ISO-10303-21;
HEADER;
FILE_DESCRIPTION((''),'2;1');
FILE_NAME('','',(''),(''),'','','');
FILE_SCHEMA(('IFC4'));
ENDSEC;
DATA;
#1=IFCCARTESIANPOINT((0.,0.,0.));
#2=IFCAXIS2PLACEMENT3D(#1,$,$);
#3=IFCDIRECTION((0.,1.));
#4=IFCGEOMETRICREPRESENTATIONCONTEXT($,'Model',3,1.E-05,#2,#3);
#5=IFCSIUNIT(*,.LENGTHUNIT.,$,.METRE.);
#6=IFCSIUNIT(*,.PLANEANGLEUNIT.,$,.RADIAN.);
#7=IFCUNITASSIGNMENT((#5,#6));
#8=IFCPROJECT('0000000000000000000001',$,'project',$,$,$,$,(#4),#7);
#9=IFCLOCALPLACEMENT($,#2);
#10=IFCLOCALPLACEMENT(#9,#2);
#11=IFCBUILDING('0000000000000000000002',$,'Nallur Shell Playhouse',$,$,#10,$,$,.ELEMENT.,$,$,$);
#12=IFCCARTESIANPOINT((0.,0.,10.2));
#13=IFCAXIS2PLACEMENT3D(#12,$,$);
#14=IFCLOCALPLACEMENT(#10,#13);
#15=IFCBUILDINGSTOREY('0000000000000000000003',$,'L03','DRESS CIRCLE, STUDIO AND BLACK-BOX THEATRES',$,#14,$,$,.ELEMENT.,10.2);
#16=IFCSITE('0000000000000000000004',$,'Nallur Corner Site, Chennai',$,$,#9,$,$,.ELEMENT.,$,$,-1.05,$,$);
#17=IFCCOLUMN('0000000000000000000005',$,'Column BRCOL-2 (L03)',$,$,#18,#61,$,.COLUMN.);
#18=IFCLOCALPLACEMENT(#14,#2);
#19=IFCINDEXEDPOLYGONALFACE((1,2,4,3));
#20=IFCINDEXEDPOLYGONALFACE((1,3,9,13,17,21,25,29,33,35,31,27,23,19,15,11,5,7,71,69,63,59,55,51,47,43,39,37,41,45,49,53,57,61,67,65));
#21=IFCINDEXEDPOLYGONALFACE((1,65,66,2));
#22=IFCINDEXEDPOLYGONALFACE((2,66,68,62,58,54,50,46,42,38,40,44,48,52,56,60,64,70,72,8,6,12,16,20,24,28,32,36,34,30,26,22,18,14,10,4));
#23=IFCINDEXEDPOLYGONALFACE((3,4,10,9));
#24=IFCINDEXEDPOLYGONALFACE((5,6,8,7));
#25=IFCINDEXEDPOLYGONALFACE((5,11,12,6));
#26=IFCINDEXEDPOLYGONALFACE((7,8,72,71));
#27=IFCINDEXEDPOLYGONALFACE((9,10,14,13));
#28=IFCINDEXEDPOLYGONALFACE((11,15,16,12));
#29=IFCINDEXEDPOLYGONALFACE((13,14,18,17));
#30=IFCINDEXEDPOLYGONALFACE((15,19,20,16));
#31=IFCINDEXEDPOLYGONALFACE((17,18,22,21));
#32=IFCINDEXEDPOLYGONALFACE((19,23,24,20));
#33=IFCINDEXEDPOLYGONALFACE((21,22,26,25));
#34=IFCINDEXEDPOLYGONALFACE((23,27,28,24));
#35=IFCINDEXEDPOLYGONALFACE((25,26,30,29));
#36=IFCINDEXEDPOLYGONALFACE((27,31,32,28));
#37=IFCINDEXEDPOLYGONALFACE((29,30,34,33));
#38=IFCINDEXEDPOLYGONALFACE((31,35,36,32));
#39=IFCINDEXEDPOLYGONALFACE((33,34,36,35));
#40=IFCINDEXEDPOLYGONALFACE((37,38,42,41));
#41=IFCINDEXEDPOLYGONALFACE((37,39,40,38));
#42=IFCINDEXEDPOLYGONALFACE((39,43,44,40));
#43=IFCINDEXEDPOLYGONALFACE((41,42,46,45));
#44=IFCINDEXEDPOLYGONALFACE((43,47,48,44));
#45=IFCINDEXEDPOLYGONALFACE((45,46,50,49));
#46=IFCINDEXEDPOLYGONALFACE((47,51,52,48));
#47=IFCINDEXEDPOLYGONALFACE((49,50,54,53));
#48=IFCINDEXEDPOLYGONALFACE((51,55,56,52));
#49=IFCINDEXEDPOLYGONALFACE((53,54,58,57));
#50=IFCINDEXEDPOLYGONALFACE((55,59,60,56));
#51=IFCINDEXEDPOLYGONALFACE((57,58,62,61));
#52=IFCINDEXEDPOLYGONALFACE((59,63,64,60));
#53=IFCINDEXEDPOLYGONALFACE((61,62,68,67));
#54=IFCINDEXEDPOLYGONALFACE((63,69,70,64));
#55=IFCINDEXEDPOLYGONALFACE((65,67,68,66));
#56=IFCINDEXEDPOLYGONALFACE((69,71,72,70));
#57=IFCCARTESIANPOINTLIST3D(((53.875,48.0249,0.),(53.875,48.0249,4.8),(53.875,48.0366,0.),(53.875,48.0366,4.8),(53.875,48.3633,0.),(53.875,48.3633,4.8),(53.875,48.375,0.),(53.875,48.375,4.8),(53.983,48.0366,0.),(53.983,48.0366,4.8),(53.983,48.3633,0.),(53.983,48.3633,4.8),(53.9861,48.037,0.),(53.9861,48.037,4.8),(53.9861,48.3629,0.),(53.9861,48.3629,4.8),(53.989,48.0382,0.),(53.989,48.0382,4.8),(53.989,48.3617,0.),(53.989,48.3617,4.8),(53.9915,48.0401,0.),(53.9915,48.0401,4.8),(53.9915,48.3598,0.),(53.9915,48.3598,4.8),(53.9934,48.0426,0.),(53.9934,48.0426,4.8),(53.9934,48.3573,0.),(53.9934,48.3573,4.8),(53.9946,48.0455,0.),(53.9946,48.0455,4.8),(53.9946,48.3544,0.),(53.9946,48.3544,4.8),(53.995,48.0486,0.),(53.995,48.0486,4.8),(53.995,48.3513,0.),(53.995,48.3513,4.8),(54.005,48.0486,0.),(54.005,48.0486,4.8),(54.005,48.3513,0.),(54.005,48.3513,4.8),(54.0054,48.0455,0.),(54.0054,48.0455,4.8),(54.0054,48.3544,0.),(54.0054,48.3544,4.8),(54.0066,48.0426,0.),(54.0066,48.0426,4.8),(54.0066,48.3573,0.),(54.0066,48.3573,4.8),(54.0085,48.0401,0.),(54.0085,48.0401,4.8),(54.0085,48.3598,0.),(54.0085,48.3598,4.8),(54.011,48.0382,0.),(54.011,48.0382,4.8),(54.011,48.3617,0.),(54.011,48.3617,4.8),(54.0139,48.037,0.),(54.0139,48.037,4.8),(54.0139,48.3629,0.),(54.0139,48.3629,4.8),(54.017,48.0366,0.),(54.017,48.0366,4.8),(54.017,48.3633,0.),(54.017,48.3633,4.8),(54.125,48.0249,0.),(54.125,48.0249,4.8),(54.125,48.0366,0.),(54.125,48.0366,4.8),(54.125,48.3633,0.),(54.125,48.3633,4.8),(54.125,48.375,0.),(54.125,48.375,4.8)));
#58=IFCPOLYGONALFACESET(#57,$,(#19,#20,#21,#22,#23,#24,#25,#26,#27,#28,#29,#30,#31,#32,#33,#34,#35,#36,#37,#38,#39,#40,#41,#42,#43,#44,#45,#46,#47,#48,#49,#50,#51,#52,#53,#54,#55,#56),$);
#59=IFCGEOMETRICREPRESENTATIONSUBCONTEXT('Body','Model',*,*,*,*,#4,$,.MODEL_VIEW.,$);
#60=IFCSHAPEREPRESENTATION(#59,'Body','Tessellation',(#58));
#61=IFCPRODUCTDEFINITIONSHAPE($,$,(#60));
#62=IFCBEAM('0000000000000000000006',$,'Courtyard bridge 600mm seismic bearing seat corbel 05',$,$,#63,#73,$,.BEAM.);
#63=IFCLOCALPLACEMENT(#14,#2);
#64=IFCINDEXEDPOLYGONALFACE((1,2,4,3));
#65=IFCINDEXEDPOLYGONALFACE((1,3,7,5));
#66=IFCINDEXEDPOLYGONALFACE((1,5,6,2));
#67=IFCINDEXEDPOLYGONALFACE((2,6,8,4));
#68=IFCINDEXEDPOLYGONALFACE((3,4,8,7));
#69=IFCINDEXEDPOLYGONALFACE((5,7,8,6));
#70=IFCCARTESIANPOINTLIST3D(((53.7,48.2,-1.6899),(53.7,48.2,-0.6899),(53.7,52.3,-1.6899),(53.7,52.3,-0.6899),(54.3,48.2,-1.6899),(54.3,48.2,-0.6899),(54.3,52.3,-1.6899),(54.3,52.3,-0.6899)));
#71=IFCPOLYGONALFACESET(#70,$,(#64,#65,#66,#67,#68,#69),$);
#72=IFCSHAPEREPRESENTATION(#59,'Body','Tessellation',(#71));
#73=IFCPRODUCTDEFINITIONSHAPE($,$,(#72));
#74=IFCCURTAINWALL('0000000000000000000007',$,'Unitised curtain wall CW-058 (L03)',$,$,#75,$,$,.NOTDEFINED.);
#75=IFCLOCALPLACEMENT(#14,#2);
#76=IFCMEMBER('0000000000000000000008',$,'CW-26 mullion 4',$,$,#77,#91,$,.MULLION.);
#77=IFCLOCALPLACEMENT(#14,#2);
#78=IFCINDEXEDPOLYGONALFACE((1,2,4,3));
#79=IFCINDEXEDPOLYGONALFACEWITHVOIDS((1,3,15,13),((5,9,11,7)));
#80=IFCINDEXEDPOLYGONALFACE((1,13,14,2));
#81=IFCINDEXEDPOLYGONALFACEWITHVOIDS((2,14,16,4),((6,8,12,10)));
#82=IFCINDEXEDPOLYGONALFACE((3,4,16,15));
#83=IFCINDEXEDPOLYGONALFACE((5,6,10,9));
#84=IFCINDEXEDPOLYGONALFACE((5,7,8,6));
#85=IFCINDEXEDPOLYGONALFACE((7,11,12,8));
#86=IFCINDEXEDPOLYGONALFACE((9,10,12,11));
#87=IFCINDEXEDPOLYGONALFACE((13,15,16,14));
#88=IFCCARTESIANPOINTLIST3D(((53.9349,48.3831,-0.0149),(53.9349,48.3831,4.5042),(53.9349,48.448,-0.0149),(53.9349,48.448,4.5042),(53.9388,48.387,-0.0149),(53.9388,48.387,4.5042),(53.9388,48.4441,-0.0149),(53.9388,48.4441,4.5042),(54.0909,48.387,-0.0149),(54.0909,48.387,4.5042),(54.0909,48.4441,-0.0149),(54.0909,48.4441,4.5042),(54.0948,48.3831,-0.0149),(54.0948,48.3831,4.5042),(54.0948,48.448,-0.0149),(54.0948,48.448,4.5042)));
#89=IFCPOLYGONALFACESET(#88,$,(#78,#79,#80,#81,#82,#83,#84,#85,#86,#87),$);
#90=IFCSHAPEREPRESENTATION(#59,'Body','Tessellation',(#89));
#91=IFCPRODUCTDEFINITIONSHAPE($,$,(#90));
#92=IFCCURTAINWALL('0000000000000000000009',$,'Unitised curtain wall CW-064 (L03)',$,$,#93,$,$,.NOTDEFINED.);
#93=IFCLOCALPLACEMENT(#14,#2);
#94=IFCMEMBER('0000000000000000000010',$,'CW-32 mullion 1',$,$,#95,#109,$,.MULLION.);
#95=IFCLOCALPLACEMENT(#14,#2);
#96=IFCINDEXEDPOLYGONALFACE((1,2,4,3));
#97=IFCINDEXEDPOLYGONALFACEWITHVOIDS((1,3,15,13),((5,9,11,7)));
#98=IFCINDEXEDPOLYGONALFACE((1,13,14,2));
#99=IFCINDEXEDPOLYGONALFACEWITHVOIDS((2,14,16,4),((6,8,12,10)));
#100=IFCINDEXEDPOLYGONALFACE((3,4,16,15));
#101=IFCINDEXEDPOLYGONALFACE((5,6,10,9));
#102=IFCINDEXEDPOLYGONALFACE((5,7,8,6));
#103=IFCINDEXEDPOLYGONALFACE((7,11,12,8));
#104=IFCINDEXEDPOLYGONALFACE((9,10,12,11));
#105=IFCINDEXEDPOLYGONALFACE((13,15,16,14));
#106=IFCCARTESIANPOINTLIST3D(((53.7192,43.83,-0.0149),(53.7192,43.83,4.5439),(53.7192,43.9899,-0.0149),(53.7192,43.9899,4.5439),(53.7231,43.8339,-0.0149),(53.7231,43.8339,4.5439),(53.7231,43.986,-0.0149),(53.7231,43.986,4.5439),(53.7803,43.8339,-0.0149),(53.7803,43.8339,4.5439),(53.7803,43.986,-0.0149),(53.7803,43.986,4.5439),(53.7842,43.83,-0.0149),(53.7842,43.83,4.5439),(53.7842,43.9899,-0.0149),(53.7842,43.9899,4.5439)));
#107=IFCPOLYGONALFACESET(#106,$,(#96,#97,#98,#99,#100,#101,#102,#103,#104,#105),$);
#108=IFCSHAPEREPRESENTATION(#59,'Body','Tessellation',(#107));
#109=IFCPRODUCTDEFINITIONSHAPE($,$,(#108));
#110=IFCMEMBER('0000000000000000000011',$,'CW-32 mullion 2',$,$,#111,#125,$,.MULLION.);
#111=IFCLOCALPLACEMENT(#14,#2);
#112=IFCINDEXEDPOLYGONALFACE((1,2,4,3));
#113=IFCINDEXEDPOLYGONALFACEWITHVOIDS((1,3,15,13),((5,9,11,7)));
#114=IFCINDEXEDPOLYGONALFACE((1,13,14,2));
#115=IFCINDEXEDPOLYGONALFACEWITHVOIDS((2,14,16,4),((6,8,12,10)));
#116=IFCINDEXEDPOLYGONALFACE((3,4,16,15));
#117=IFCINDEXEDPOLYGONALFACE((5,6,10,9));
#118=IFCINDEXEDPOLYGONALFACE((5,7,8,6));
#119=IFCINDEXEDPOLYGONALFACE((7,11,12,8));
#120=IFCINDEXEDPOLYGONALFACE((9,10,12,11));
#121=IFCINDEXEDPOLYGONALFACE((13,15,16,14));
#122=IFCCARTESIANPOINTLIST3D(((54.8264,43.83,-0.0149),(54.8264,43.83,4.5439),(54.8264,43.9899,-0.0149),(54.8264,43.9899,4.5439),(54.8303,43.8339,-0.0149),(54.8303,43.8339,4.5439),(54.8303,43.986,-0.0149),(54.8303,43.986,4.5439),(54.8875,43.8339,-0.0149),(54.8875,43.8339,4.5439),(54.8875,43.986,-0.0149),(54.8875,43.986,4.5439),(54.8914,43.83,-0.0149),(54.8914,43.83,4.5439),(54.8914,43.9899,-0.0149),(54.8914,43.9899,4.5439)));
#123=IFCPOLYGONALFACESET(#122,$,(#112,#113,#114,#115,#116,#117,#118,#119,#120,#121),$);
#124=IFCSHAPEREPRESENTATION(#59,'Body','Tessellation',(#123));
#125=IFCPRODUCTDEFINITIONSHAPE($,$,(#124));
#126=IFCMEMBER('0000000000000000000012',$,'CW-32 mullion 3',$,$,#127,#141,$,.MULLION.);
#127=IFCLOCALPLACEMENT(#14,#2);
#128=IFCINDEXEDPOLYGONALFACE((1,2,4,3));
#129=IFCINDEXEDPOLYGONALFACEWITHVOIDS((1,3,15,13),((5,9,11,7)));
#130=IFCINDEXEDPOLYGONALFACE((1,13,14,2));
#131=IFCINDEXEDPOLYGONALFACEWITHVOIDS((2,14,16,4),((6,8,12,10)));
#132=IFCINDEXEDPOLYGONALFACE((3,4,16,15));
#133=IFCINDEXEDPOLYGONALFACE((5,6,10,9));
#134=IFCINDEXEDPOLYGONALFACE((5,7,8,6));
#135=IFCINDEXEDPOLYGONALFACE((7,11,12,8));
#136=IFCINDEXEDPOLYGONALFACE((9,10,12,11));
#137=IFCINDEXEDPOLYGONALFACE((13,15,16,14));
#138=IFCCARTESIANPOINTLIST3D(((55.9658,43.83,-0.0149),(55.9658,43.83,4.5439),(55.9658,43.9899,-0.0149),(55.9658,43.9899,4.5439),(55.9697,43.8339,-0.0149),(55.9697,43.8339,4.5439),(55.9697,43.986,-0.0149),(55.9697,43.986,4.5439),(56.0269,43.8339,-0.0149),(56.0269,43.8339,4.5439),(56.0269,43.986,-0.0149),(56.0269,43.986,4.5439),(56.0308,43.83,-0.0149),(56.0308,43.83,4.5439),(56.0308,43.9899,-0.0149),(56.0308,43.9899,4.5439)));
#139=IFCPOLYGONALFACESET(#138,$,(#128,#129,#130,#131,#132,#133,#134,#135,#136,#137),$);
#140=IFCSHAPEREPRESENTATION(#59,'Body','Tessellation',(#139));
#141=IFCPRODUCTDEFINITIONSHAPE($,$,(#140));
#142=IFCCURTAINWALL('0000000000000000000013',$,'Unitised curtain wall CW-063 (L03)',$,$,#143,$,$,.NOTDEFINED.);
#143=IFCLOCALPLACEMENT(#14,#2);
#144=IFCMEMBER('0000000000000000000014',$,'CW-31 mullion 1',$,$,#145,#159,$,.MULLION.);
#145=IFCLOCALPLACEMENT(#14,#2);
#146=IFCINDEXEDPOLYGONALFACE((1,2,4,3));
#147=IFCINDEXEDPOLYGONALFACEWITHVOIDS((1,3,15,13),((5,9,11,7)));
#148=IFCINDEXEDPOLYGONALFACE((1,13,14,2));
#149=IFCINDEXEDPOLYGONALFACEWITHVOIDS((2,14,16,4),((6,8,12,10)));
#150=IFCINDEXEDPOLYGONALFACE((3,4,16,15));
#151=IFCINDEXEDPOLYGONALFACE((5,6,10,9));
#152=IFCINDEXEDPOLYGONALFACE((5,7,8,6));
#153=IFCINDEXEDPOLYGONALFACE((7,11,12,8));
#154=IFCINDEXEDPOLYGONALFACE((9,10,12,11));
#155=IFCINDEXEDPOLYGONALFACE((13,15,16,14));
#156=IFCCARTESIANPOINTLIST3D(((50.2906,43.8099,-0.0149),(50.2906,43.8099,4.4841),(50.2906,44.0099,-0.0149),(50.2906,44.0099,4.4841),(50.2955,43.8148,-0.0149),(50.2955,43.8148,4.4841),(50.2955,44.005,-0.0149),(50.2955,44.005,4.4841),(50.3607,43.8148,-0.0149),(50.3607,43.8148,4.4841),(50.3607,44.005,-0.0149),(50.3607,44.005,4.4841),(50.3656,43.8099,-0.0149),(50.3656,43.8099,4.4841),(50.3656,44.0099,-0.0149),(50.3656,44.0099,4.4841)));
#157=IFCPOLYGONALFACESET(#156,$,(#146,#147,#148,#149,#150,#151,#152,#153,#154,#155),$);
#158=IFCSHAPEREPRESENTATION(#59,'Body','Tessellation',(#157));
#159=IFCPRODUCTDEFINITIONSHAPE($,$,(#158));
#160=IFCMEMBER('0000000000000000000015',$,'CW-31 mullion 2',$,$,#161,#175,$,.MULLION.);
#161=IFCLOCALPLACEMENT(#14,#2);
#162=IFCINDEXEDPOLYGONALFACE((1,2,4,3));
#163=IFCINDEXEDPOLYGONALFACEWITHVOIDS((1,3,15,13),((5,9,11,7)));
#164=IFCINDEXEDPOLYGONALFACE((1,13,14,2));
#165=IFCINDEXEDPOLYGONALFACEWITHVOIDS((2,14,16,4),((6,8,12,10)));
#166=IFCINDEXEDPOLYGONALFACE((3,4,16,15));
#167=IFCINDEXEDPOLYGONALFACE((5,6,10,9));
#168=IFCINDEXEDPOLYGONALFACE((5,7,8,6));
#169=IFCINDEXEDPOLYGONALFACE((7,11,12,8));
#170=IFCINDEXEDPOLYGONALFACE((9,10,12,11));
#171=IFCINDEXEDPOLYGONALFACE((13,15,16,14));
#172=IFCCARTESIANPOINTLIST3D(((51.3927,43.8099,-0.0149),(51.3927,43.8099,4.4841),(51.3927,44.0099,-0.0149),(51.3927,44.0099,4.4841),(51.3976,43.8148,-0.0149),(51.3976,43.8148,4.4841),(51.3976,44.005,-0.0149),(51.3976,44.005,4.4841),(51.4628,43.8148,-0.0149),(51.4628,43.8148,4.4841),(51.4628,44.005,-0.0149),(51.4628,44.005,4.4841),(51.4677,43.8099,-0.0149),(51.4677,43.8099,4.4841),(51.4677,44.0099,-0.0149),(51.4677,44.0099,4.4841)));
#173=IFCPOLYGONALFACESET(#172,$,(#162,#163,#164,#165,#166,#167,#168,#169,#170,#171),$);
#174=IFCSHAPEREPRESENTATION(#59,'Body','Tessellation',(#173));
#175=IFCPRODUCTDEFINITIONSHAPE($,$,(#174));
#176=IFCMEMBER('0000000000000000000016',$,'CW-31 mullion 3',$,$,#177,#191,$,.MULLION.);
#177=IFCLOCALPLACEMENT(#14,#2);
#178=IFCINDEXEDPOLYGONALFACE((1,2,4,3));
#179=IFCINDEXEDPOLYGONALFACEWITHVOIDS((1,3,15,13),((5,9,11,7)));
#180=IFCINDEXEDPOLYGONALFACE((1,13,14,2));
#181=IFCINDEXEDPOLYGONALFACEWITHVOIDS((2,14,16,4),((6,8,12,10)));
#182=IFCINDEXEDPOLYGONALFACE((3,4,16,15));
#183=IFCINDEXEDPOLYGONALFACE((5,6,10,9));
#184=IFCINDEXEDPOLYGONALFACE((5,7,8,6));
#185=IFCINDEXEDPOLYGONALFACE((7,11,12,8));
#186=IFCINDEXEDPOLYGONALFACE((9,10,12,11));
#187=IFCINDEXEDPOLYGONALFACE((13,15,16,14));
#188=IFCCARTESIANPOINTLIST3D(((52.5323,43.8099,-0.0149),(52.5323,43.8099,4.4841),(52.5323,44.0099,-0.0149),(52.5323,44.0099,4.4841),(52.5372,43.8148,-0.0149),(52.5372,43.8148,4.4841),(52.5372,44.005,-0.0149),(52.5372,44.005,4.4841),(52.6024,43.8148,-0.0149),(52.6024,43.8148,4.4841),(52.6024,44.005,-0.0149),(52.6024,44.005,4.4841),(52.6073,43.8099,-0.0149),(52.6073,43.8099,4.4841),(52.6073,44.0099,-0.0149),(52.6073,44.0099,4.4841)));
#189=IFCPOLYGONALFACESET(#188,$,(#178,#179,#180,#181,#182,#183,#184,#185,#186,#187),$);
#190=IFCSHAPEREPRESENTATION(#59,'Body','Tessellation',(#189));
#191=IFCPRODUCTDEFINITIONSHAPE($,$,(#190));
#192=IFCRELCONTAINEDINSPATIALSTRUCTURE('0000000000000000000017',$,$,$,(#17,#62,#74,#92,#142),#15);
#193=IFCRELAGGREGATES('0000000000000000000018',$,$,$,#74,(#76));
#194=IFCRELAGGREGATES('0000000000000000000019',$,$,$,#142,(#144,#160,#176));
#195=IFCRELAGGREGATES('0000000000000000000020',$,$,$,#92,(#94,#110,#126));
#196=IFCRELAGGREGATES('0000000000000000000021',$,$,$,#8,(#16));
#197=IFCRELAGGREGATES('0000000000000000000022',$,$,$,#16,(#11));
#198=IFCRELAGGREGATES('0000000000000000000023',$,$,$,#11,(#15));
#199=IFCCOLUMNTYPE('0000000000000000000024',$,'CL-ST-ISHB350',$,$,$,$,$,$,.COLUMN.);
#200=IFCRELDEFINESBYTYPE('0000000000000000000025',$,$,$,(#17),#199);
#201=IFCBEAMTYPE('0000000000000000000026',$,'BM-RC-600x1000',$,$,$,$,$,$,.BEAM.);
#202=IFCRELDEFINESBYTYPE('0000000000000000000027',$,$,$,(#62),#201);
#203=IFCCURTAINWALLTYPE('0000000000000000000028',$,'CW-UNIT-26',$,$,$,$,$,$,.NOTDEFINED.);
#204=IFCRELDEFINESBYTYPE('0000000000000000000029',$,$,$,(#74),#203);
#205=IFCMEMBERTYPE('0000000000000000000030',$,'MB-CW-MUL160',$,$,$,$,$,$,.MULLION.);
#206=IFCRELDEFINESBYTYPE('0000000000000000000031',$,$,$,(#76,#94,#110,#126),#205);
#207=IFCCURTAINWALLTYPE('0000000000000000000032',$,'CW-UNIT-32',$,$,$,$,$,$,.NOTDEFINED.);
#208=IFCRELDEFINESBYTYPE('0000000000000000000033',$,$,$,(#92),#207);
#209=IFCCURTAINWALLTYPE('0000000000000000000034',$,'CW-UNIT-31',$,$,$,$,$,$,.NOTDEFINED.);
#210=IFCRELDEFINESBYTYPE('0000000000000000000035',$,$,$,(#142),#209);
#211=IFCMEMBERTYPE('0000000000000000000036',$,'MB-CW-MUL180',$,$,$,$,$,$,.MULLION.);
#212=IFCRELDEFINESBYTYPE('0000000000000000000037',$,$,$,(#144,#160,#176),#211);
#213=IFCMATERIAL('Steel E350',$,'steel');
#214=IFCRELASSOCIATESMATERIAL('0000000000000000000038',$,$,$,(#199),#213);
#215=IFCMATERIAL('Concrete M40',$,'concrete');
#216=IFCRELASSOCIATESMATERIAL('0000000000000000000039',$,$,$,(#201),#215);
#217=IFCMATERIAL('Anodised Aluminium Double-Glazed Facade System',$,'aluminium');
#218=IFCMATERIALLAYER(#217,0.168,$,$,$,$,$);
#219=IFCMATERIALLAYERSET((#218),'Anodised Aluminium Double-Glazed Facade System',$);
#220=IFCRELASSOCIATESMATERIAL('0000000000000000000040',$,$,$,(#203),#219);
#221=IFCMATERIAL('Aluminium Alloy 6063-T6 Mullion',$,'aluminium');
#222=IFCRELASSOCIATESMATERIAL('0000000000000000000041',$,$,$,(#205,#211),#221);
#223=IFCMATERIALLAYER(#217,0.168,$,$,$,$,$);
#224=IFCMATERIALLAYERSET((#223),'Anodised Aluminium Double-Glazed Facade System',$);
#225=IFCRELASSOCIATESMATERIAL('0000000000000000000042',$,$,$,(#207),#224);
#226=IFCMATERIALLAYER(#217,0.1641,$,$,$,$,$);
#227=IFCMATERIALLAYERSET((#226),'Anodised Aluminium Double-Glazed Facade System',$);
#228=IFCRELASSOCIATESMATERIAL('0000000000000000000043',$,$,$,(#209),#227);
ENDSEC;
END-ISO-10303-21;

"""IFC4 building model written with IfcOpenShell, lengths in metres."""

from ifc_helpers import new_model, si_unit, direction, frame, origin, origin_2d, place, context, subcontext, project, spatial, rectangle, hollow_rectangle, i_section, extrude, material, layer, layer_set, material_profile, profile_set, type_object, element, aggregate, save


model = new_model("IFC4")

# Units and contexts
model_context = context("Model", 3, precision=1e-05, world=origin(), true_north=direction((0.0, 1.0)))
body_context = subcontext(model_context, "Body", "Model", "MODEL_VIEW")
ifc_project = project(units=[si_unit("LENGTHUNIT", "METRE"), si_unit("PLANEANGLEUNIT", "RADIAN")], contexts=[model_context])

# Site, building, storey
site_placement = place(None, origin())
site = spatial("IfcSite", under=ifc_project, at=site_placement, Name="Nallur Corner Site, Chennai", CompositionType="ELEMENT", RefElevation=-1.05)
building_placement = place(site_placement, origin())
building = spatial("IfcBuilding", under=site, at=building_placement, Name="Nallur Shell Playhouse", CompositionType="ELEMENT")
storey_placement = place(building_placement, frame((0.0, 0.0, 10.2)))
storey = spatial("IfcBuildingStorey", under=building, at=storey_placement, Name="L03", Description="DRESS CIRCLE, STUDIO AND BLACK-BOX THEATRES", CompositionType="ELEMENT", Elevation=10.2)

# Column
ifc_material_1 = material(Name="Steel E350", Category="steel")
ifc_material_profile_1 = material_profile(ifc_material_1, i_section(OverallWidth=0.25, OverallDepth=0.3501, WebThickness=0.01, FlangeThickness=0.0117, FilletRadius=0.012, at=origin_2d()), Name="ISHB 350")
ifc_profile_set_1 = profile_set([ifc_material_profile_1], Name="Steel E350")
column_type = type_object("IfcColumnType", Name="CL-ST-ISHB350", PredefinedType="COLUMN", material=ifc_profile_set_1)
column_placement = place(storey_placement, frame((54.0, 48.2, 0.0), z_axis=(0.0, 0.0, 1.0), x_axis=(1.0, 0.0, 0.0)))
element("IfcColumn", 1, at=column_placement, inside=storey, type_object=column_type, Name="Column BRCOL-2 (L03)", PredefinedType="COLUMN", context=body_context, shape_type="SweptSolid", body=[
    extrude(i_section(OverallWidth=0.25, OverallDepth=0.3501, WebThickness=0.01, FlangeThickness=0.0117, FilletRadius=0.012, at=origin_2d()), origin(), (0.0, 0.0, 1.0), 4.8),
])

# Beam
ifc_material_2 = material(Name="Concrete M40", Category="concrete")
ifc_material_profile_2 = material_profile(ifc_material_2, rectangle(XDim=0.6001, YDim=1.0, at=origin_2d()), Name="RC 600x1000")
ifc_profile_set_2 = profile_set([ifc_material_profile_2], Name="Concrete M40")
beam_type = type_object("IfcBeamType", Name="BM-RC-600x1000", PredefinedType="BEAM", material=ifc_profile_set_2)
beam_placement = place(storey_placement, frame((54.0, 48.2, -1.1899), z_axis=(0.0, 1.0, 0.0), x_axis=(-1.0, 0.0, 0.0)))
element("IfcBeam", 2, at=beam_placement, inside=storey, type_object=beam_type, Name="Courtyard bridge 600mm seismic bearing seat corbel 05", PredefinedType="BEAM", context=body_context, shape_type="SweptSolid", body=[
    extrude(rectangle(XDim=0.6001, YDim=1.0, at=origin_2d()), origin(), (0.0, 0.0, 1.0), 4.1001),
])

# Curtain wall, member
ifc_material_3 = material(Name="Anodised Aluminium Double-Glazed Facade System", Category="aluminium")
ifc_layer_1 = layer(ifc_material_3, 0.168)
ifc_layer_set_1 = layer_set([ifc_layer_1], Name="Anodised Aluminium Double-Glazed Facade System")
curtain_wall_type_1 = type_object("IfcCurtainWallType", Name="CW-UNIT-26", PredefinedType="NOTDEFINED", material=ifc_layer_set_1)
curtain_wall_1_placement = place(storey_placement, origin())
curtain_wall_1 = element("IfcCurtainWall", 3, at=curtain_wall_1_placement, inside=storey, type_object=curtain_wall_type_1, Name="Unitised curtain wall CW-058 (L03)", PredefinedType="NOTDEFINED")
ifc_material_4 = material(Name="Aluminium Alloy 6063-T6 Mullion", Category="aluminium")
ifc_material_profile_3 = material_profile(ifc_material_4, hollow_rectangle(XDim=0.0649, YDim=0.1599, WallThickness=0.0039, at=origin_2d()), Name="ALU 65x160x4")
ifc_profile_set_3 = profile_set([ifc_material_profile_3], Name="Aluminium Alloy 6063-T6 Mullion")
member_type_1 = type_object("IfcMemberType", Name="MB-CW-MUL160", PredefinedType="MULLION", material=ifc_profile_set_3)
member_1_placement = place(storey_placement, frame((54.0149, 48.4155, -0.0149), z_axis=(0.0, 0.0, 1.0), x_axis=(0.0, -1.0, 0.0)))
member_1 = element("IfcMember", 4, at=member_1_placement, type_object=member_type_1, Name="CW-26 mullion 4", PredefinedType="MULLION", context=body_context, shape_type="SweptSolid", body=[
    extrude(hollow_rectangle(XDim=0.0649, YDim=0.1599, WallThickness=0.0039, at=origin_2d()), origin(), (0.0, 0.0, 1.0), 4.519),
])

# Curtain walls, members
ifc_layer_2 = layer(ifc_material_3, 0.168)
ifc_layer_set_2 = layer_set([ifc_layer_2], Name="Anodised Aluminium Double-Glazed Facade System")
curtain_wall_type_2 = type_object("IfcCurtainWallType", Name="CW-UNIT-32", PredefinedType="NOTDEFINED", material=ifc_layer_set_2)
curtain_wall_2_placement = place(storey_placement, origin())
curtain_wall_2 = element("IfcCurtainWall", 5, at=curtain_wall_2_placement, inside=storey, type_object=curtain_wall_type_2, Name="Unitised curtain wall CW-064 (L03)", PredefinedType="NOTDEFINED")
member_2_placement = place(storey_placement, frame((53.7517, 43.9099, -0.0149), z_axis=(0.0, 0.0, 1.0), x_axis=(1.0, 0.0, 0.0)))
member_2 = element("IfcMember", 6, at=member_2_placement, type_object=member_type_1, Name="CW-32 mullion 1", PredefinedType="MULLION", context=body_context, shape_type="SweptSolid", body=[
    extrude(hollow_rectangle(XDim=0.0649, YDim=0.1599, WallThickness=0.0039, at=origin_2d()), origin(), (0.0, 0.0, 1.0), 4.5588),
])
member_3_placement = place(storey_placement, frame((54.8589, 43.9099, -0.0149), z_axis=(0.0, 0.0, 1.0), x_axis=(1.0, 0.0, 0.0)))
member_3 = element("IfcMember", 7, at=member_3_placement, type_object=member_type_1, Name="CW-32 mullion 2", PredefinedType="MULLION", context=body_context, shape_type="SweptSolid", body=[
    extrude(hollow_rectangle(XDim=0.0649, YDim=0.1599, WallThickness=0.0039, at=origin_2d()), origin(), (0.0, 0.0, 1.0), 4.5588),
])
member_4_placement = place(storey_placement, frame((55.9983, 43.9099, -0.0149), z_axis=(0.0, 0.0, 1.0), x_axis=(1.0, 0.0, 0.0)))
member_4 = element("IfcMember", 8, at=member_4_placement, type_object=member_type_1, Name="CW-32 mullion 3", PredefinedType="MULLION", context=body_context, shape_type="SweptSolid", body=[
    extrude(hollow_rectangle(XDim=0.0649, YDim=0.1599, WallThickness=0.0039, at=origin_2d()), origin(), (0.0, 0.0, 1.0), 4.5588),
])
ifc_layer_3 = layer(ifc_material_3, 0.1641)
ifc_layer_set_3 = layer_set([ifc_layer_3], Name="Anodised Aluminium Double-Glazed Facade System")
curtain_wall_type_3 = type_object("IfcCurtainWallType", Name="CW-UNIT-31", PredefinedType="NOTDEFINED", material=ifc_layer_set_3)
curtain_wall_3_placement = place(storey_placement, origin())
curtain_wall_3 = element("IfcCurtainWall", 9, at=curtain_wall_3_placement, inside=storey, type_object=curtain_wall_type_3, Name="Unitised curtain wall CW-063 (L03)", PredefinedType="NOTDEFINED")
ifc_material_profile_4 = material_profile(ifc_material_4, hollow_rectangle(XDim=0.075, YDim=0.2, WallThickness=0.0049, at=origin_2d()), Name="ALU 75x200x5")
ifc_profile_set_4 = profile_set([ifc_material_profile_4], Name="Aluminium Alloy 6063-T6 Mullion")
member_type_2 = type_object("IfcMemberType", Name="MB-CW-MUL180", PredefinedType="MULLION", material=ifc_profile_set_4)
member_5_placement = place(storey_placement, frame((50.3281, 43.9099, -0.0149), z_axis=(0.0, 0.0, 1.0), x_axis=(1.0, 0.0, 0.0)))
member_5 = element("IfcMember", 10, at=member_5_placement, type_object=member_type_2, Name="CW-31 mullion 1", PredefinedType="MULLION", context=body_context, shape_type="SweptSolid", body=[
    extrude(hollow_rectangle(XDim=0.075, YDim=0.2, WallThickness=0.0049, at=origin_2d()), origin(), (0.0, 0.0, 1.0), 4.499),
])
member_6_placement = place(storey_placement, frame((51.4302, 43.9099, -0.0149), z_axis=(0.0, 0.0, 1.0), x_axis=(1.0, 0.0, 0.0)))
member_6 = element("IfcMember", 11, at=member_6_placement, type_object=member_type_2, Name="CW-31 mullion 2", PredefinedType="MULLION", context=body_context, shape_type="SweptSolid", body=[
    extrude(hollow_rectangle(XDim=0.075, YDim=0.2, WallThickness=0.0049, at=origin_2d()), origin(), (0.0, 0.0, 1.0), 4.499),
])
member_7_placement = place(storey_placement, frame((52.5698, 43.9099, -0.0149), z_axis=(0.0, 0.0, 1.0), x_axis=(1.0, 0.0, 0.0)))
member_7 = element("IfcMember", 12, at=member_7_placement, type_object=member_type_2, Name="CW-31 mullion 3", PredefinedType="MULLION", context=body_context, shape_type="SweptSolid", body=[
    extrude(hollow_rectangle(XDim=0.075, YDim=0.2, WallThickness=0.0049, at=origin_2d()), origin(), (0.0, 0.0, 1.0), 4.499),
])

aggregate(curtain_wall_1, [member_1])
aggregate(curtain_wall_3, [member_5, member_6, member_7])
aggregate(curtain_wall_2, [member_2, member_3, member_4])

save(model, "model.ifc")
